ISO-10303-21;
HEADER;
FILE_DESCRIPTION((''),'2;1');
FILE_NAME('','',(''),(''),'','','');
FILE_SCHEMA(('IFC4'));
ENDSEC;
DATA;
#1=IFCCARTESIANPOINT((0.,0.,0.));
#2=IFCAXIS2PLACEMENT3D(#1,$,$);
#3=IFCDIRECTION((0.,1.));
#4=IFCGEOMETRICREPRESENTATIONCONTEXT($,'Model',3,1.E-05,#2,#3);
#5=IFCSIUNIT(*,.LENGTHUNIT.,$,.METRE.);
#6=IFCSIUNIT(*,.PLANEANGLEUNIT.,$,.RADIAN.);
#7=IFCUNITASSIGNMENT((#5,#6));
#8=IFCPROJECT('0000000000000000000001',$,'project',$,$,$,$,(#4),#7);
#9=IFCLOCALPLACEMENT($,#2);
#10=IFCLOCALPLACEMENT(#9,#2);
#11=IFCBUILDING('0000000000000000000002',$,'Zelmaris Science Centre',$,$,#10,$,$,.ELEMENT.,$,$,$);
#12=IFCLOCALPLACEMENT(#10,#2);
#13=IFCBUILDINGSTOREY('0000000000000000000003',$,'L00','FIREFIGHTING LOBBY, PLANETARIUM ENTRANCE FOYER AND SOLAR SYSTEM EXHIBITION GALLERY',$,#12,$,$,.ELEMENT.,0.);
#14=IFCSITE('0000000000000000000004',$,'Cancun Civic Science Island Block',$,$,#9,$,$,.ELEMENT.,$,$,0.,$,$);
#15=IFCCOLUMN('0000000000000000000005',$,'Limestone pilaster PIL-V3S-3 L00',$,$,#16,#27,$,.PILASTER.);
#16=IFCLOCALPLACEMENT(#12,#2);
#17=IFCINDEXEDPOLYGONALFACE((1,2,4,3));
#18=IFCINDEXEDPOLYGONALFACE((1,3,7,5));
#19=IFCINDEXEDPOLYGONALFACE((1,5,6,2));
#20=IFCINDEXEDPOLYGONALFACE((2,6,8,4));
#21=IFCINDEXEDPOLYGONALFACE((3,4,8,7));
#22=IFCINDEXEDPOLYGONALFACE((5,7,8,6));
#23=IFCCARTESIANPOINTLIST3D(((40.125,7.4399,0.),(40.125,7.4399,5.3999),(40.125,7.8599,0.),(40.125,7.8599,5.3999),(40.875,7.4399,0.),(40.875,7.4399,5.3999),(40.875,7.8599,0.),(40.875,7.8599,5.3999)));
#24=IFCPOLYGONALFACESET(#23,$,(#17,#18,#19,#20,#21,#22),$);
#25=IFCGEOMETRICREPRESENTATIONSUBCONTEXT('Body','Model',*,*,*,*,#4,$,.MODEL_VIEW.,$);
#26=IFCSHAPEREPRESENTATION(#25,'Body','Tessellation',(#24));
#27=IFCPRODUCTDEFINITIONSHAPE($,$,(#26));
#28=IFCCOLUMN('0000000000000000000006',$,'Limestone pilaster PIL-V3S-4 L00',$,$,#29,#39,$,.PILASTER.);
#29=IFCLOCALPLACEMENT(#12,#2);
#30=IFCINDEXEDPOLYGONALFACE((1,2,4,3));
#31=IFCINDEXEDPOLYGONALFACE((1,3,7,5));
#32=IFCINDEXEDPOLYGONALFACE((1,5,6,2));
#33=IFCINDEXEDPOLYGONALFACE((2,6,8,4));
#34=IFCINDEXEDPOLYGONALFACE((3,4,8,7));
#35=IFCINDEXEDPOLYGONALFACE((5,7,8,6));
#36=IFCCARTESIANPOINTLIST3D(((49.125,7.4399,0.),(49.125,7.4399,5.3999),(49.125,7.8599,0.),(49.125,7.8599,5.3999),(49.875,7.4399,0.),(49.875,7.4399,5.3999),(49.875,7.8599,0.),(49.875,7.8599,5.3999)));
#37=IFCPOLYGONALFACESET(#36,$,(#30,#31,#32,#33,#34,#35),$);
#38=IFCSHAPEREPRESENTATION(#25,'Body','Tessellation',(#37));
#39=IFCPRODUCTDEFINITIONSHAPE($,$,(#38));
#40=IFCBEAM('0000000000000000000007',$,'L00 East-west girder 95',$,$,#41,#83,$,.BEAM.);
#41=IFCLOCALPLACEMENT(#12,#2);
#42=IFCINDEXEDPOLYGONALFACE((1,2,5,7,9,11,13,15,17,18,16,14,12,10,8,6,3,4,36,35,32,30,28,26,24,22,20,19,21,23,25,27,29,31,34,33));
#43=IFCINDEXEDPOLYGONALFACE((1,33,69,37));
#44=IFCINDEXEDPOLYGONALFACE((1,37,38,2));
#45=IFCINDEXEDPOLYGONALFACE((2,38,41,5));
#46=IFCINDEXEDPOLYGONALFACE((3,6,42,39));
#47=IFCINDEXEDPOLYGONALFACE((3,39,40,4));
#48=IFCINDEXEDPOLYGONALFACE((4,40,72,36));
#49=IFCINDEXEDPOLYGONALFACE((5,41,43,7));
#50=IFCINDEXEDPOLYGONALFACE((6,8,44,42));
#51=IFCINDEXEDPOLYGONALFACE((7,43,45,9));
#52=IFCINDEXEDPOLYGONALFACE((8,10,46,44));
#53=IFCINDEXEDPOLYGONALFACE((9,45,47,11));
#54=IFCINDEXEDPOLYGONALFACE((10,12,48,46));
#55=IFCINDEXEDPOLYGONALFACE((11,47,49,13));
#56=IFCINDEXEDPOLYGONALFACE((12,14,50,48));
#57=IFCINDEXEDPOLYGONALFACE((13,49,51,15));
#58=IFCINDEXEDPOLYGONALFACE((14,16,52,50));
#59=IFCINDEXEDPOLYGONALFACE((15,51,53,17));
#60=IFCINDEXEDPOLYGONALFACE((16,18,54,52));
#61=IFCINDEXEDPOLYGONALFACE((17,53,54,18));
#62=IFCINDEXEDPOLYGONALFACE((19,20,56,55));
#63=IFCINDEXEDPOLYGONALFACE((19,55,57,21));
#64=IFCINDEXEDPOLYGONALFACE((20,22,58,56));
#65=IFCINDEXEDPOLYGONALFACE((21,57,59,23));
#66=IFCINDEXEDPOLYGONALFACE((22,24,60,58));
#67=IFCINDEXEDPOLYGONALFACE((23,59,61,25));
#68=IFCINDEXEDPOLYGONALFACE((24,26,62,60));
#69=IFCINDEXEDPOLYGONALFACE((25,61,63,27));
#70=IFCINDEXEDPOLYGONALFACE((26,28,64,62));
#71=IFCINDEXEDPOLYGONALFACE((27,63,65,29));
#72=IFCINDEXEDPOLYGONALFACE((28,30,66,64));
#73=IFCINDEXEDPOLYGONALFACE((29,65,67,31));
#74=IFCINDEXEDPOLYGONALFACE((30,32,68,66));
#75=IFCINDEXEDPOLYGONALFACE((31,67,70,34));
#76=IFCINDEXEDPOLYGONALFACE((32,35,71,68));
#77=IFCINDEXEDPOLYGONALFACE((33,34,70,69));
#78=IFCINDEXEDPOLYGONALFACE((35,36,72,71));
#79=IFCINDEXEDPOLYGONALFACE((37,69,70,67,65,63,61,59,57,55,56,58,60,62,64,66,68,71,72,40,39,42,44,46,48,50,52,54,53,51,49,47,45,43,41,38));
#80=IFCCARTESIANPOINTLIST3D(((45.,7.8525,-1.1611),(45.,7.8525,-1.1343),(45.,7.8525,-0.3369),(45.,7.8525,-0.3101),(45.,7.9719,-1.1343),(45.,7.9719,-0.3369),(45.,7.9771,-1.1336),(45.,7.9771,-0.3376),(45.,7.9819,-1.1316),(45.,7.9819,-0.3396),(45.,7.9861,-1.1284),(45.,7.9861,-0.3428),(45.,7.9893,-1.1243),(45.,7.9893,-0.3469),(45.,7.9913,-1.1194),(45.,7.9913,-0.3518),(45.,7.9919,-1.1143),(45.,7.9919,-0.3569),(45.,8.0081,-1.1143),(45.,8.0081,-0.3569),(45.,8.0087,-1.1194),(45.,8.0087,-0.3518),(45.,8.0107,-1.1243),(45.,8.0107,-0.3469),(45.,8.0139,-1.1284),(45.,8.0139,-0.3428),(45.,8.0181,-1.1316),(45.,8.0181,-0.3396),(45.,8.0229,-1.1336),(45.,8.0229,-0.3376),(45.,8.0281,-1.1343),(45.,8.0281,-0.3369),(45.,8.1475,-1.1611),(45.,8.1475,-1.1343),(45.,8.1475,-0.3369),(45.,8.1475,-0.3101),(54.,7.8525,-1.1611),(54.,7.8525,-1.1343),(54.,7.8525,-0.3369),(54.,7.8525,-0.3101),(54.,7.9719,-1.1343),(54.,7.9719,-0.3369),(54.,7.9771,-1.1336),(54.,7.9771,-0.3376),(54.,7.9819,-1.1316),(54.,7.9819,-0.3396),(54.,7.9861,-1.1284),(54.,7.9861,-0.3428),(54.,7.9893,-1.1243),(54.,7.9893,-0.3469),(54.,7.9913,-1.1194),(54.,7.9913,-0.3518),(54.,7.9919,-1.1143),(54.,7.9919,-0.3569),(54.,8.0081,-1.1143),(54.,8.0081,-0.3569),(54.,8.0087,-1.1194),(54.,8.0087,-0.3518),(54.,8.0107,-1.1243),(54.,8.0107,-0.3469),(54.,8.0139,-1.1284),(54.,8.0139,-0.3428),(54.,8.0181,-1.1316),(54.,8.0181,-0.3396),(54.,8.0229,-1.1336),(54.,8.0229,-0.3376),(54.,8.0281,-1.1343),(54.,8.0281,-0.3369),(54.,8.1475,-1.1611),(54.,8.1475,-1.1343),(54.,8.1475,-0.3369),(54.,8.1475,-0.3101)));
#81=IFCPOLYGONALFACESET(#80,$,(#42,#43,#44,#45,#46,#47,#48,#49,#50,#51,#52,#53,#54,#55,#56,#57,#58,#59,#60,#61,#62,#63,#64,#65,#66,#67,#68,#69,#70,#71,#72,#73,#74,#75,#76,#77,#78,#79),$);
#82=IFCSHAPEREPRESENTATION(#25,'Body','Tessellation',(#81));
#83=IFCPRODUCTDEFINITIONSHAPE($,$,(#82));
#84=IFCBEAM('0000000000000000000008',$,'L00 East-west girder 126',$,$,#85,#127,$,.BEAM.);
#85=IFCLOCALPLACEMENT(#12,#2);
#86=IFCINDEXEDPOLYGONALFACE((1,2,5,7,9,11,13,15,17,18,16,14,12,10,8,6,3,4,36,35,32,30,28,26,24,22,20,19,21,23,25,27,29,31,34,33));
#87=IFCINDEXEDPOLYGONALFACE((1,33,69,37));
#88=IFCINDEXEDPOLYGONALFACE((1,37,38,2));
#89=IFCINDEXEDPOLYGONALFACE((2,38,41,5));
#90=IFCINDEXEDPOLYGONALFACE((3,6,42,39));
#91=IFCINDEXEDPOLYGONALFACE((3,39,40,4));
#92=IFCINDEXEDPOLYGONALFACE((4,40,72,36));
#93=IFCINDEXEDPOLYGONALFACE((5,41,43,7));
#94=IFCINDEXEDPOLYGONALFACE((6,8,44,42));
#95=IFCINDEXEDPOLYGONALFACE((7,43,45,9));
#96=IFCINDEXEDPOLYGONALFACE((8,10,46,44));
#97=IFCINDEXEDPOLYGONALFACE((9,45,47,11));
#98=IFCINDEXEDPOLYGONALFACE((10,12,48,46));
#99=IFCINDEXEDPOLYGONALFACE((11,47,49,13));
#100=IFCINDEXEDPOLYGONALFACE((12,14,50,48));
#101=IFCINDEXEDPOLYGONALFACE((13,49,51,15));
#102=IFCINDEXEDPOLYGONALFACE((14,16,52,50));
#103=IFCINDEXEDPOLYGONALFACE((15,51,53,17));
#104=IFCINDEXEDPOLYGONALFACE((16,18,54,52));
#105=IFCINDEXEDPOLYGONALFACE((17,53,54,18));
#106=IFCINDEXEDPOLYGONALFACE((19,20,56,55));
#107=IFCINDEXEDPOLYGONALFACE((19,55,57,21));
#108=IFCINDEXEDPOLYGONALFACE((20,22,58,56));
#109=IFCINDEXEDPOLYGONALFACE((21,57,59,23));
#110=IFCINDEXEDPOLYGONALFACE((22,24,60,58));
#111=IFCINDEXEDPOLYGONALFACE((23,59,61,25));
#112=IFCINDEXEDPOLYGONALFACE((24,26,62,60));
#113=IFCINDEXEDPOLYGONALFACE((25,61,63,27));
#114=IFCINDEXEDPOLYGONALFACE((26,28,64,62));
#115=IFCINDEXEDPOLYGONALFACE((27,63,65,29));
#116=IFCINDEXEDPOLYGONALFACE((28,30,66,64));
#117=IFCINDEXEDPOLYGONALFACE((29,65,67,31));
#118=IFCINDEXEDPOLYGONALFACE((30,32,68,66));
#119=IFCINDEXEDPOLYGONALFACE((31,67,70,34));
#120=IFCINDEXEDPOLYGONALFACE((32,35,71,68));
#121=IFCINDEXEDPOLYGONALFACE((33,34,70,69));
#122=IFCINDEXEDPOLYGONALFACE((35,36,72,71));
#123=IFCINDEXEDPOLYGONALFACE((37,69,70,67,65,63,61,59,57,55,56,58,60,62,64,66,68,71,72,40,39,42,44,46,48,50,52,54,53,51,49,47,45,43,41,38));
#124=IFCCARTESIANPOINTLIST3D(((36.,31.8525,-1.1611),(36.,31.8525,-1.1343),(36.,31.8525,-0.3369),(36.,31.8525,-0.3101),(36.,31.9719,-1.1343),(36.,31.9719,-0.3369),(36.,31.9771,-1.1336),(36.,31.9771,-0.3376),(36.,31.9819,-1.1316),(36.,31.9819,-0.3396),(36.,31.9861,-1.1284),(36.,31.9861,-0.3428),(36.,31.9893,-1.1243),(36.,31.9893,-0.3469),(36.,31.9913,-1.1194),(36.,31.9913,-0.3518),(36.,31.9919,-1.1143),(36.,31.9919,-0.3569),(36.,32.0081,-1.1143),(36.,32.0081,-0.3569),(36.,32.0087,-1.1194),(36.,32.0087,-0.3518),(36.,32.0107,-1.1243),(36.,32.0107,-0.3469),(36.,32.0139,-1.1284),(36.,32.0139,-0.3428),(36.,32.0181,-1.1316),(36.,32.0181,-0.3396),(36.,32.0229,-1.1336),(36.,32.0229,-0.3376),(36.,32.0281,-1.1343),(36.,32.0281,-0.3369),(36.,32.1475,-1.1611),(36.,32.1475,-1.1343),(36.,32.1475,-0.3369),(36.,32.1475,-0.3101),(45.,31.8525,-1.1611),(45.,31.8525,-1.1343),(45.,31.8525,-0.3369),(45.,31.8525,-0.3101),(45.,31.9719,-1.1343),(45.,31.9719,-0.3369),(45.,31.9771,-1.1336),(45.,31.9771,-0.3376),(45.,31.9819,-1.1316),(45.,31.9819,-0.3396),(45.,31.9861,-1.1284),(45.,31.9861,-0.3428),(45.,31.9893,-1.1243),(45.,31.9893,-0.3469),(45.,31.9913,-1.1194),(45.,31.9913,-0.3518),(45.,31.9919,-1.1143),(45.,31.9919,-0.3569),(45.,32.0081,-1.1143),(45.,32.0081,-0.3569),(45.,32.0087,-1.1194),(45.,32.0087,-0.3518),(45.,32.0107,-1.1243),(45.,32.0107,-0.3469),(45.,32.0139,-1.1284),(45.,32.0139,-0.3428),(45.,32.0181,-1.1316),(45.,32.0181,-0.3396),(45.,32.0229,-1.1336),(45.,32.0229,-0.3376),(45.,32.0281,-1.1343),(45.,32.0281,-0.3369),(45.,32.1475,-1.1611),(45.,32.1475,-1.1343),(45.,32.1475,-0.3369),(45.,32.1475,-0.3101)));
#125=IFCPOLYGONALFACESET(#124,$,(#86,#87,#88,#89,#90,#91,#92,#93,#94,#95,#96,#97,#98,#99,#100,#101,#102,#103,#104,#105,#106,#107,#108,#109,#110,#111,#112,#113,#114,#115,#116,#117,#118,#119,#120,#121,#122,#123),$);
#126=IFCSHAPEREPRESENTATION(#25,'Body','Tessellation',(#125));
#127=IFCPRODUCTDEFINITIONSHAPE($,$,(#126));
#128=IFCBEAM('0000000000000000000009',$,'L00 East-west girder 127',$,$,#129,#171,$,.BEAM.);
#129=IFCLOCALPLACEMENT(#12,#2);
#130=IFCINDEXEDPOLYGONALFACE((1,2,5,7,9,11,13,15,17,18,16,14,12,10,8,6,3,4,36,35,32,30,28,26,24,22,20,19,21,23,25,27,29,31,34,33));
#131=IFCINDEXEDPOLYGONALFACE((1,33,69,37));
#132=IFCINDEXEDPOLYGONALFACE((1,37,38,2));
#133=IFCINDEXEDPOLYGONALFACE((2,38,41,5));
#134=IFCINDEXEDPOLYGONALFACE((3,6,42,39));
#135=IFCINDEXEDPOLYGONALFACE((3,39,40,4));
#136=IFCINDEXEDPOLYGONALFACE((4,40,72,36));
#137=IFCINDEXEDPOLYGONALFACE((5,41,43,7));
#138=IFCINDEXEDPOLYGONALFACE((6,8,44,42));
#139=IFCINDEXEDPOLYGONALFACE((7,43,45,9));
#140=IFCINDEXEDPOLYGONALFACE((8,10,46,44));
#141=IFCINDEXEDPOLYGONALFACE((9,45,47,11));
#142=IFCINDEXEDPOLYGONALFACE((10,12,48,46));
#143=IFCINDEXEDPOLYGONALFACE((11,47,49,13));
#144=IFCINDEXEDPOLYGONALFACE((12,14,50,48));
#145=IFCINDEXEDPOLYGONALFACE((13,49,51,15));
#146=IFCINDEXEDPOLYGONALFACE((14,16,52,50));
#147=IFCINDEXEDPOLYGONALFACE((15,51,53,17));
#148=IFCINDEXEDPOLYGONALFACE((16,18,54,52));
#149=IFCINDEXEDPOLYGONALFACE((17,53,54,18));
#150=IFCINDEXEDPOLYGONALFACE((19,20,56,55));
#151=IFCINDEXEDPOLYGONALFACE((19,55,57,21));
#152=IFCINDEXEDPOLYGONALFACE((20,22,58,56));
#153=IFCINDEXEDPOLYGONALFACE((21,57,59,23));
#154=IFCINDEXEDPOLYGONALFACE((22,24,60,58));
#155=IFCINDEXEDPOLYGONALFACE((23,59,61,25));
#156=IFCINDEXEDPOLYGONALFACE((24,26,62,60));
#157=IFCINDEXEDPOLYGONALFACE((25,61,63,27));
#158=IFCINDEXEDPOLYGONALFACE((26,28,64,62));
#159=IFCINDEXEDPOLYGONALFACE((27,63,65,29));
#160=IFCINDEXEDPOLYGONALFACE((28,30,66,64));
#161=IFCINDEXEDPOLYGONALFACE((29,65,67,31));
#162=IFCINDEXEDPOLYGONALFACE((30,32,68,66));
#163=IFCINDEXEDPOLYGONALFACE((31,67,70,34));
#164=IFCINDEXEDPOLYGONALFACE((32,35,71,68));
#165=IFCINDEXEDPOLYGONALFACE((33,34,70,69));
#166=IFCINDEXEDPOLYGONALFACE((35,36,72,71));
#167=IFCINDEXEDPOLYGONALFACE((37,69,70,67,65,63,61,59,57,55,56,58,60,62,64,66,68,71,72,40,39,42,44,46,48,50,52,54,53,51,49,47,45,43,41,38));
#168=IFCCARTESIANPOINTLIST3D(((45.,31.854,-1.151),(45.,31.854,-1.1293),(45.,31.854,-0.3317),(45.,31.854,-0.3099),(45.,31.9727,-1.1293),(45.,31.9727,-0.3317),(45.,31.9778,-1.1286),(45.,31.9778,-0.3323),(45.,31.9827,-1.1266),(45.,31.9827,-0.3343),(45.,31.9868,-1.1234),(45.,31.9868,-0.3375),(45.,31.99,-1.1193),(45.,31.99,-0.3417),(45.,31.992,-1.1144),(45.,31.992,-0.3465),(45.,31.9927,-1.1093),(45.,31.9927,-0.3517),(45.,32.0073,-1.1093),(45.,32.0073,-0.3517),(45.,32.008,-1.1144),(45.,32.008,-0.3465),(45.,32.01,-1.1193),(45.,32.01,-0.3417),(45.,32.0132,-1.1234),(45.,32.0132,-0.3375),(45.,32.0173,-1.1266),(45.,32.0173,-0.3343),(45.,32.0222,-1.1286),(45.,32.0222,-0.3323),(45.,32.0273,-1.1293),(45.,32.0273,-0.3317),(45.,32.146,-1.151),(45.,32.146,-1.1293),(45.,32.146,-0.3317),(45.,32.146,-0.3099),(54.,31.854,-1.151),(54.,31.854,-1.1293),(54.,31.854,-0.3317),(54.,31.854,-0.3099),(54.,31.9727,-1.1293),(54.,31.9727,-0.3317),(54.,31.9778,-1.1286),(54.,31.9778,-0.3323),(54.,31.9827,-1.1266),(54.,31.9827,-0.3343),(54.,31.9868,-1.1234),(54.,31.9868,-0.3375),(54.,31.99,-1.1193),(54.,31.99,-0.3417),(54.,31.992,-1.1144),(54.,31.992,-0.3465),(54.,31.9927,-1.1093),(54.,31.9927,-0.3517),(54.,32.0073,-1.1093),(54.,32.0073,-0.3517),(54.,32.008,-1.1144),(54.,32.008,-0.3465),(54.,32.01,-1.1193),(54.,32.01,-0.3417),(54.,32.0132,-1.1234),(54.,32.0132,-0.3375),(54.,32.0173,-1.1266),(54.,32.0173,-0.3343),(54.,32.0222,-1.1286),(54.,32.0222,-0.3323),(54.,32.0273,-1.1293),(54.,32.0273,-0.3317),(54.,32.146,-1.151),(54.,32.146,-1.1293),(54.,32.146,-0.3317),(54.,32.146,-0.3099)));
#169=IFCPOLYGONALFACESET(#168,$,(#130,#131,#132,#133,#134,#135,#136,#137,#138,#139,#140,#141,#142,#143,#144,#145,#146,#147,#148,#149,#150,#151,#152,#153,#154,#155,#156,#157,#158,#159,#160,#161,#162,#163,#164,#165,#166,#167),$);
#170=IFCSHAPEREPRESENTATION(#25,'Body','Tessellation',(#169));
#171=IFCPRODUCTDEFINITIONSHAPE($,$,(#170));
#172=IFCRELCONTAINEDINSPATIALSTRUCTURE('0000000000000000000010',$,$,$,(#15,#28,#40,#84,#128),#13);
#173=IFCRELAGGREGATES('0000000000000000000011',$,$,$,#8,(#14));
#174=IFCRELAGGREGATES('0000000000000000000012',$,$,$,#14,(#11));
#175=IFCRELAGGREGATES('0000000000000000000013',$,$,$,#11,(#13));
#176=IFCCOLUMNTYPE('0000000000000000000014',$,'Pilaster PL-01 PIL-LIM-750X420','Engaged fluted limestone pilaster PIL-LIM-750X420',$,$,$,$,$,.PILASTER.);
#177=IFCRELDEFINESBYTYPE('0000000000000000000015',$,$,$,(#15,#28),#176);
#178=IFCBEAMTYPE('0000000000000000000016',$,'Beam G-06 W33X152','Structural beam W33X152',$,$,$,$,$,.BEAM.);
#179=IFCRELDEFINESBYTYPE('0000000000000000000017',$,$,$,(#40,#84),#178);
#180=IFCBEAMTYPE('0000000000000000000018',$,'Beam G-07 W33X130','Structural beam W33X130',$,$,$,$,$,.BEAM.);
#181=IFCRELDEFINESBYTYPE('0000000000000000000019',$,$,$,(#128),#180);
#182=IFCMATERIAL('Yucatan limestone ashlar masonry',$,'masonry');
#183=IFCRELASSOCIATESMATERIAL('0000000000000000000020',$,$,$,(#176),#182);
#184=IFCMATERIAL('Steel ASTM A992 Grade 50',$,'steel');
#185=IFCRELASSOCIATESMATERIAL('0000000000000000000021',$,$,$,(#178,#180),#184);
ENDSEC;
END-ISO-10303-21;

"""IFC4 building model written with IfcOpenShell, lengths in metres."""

from ifc_helpers import new_model, si_unit, direction, frame, origin, origin_2d, place, context, subcontext, project, spatial, rectangle, i_section, extrude, material, material_profile, profile_set, type_object, element, save


model = new_model("IFC4")

# Units and contexts
model_context = context("Model", 3, precision=1e-05, world=origin(), true_north=direction((0.0, 1.0)))
body_context = subcontext(model_context, "Body", "Model", "MODEL_VIEW")
ifc_project = project(units=[si_unit("LENGTHUNIT", "METRE"), si_unit("PLANEANGLEUNIT", "RADIAN")], contexts=[model_context])

# Site, building, storey
site_placement = place(None, origin())
site = spatial("IfcSite", under=ifc_project, at=site_placement, Name="Cancun Civic Science Island Block", CompositionType="ELEMENT", RefElevation=0.0)
building_placement = place(site_placement, origin())
building = spatial("IfcBuilding", under=site, at=building_placement, Name="Zelmaris Science Centre", CompositionType="ELEMENT")
storey_placement = place(building_placement, origin())
storey = spatial("IfcBuildingStorey", under=building, at=storey_placement, Name="L00", Description="FIREFIGHTING LOBBY, PLANETARIUM ENTRANCE FOYER AND SOLAR SYSTEM EXHIBITION GALLERY", CompositionType="ELEMENT", Elevation=0.0)

# Columns
ifc_material_1 = material(Name="Steel ASTM A992 Grade 50", Category="steel")
ifc_material_2 = material(Name="Yucatan limestone ashlar masonry", Category="masonry")
ifc_material_profile_1 = material_profile(ifc_material_2, rectangle(XDim=0.75, YDim=0.4199, at=origin_2d()), Name="PIL-LIM-750X420")
ifc_profile_set_1 = profile_set([ifc_material_profile_1], Name="Yucatan limestone ashlar masonry")
column_type_1 = type_object("IfcColumnType", Name="Pilaster PL-01 PIL-LIM-750X420", Description="Engaged fluted limestone pilaster PIL-LIM-750X420", PredefinedType="PILASTER", material=ifc_profile_set_1)
for number, where, z_axis, x_axis, name in (
    (1, (40.5, 7.6499, 0.0), (0.0, 0.0, 1.0), (1.0, 0.0, 0.0), "Limestone pilaster PIL-V3S-3 L00"),
    (2, (49.5, 7.6499, 0.0), (0.0, 0.0, 1.0), (1.0, 0.0, 0.0), "Limestone pilaster PIL-V3S-4 L00"),
):
    element("IfcColumn", number, at=place(storey_placement, frame(where, z_axis=z_axis, x_axis=x_axis)), inside=storey, type_object=column_type_1, Name=name, PredefinedType="PILASTER", context=body_context, shape_type="SweptSolid", body=[
        extrude(rectangle(XDim=0.75, YDim=0.4199, at=origin_2d()), origin(), (0.0, 0.0, 1.0), 5.3999),
    ])

# Beams
ifc_material_profile_2 = material_profile(ifc_material_1, i_section(OverallWidth=0.2949, OverallDepth=0.8511, WebThickness=0.0161, FlangeThickness=0.0269, FilletRadius=0.02, at=origin_2d()), Name="W33X152")
ifc_profile_set_2 = profile_set([ifc_material_profile_2], Name="Steel ASTM A992 Grade 50")
beam_type_1 = type_object("IfcBeamType", Name="Beam G-06 W33X152", Description="Structural beam W33X152", PredefinedType="BEAM", material=ifc_profile_set_2)
for number, where, z_axis, x_axis, name in (
    (3, (45.0, 8.0, -0.7356), (1.0, 0.0, 0.0), (0.0, 1.0, 0.0), "L00 East-west girder 95"),
    (4, (36.0, 32.0, -0.7356), (1.0, 0.0, 0.0), (0.0, 1.0, 0.0), "L00 East-west girder 126"),
):
    element("IfcBeam", number, at=place(storey_placement, frame(where, z_axis=z_axis, x_axis=x_axis)), inside=storey, type_object=beam_type_1, Name=name, PredefinedType="BEAM", context=body_context, shape_type="SweptSolid", body=[
        extrude(i_section(OverallWidth=0.2949, OverallDepth=0.8511, WebThickness=0.0161, FlangeThickness=0.0269, FilletRadius=0.02, at=origin_2d()), origin(), (0.0, 0.0, 1.0), 9.0),
    ])
ifc_material_profile_3 = material_profile(ifc_material_1, i_section(OverallWidth=0.292, OverallDepth=0.8411, WebThickness=0.0146, FlangeThickness=0.0217, FilletRadius=0.02, at=origin_2d()), Name="W33X130")
ifc_profile_set_3 = profile_set([ifc_material_profile_3], Name="Steel ASTM A992 Grade 50")
beam_type_2 = type_object("IfcBeamType", Name="Beam G-07 W33X130", Description="Structural beam W33X130", PredefinedType="BEAM", material=ifc_profile_set_3)
beam_1_placement = place(storey_placement, frame((45.0, 32.0, -0.7305), z_axis=(1.0, 0.0, 0.0), x_axis=(0.0, 1.0, 0.0)))
element("IfcBeam", 5, at=beam_1_placement, inside=storey, type_object=beam_type_2, Name="L00 East-west girder 127", PredefinedType="BEAM", context=body_context, shape_type="SweptSolid", body=[
    extrude(i_section(OverallWidth=0.292, OverallDepth=0.8411, WebThickness=0.0146, FlangeThickness=0.0217, FilletRadius=0.02, at=origin_2d()), origin(), (0.0, 0.0, 1.0), 9.0),
])

save(model, "model.ifc")
